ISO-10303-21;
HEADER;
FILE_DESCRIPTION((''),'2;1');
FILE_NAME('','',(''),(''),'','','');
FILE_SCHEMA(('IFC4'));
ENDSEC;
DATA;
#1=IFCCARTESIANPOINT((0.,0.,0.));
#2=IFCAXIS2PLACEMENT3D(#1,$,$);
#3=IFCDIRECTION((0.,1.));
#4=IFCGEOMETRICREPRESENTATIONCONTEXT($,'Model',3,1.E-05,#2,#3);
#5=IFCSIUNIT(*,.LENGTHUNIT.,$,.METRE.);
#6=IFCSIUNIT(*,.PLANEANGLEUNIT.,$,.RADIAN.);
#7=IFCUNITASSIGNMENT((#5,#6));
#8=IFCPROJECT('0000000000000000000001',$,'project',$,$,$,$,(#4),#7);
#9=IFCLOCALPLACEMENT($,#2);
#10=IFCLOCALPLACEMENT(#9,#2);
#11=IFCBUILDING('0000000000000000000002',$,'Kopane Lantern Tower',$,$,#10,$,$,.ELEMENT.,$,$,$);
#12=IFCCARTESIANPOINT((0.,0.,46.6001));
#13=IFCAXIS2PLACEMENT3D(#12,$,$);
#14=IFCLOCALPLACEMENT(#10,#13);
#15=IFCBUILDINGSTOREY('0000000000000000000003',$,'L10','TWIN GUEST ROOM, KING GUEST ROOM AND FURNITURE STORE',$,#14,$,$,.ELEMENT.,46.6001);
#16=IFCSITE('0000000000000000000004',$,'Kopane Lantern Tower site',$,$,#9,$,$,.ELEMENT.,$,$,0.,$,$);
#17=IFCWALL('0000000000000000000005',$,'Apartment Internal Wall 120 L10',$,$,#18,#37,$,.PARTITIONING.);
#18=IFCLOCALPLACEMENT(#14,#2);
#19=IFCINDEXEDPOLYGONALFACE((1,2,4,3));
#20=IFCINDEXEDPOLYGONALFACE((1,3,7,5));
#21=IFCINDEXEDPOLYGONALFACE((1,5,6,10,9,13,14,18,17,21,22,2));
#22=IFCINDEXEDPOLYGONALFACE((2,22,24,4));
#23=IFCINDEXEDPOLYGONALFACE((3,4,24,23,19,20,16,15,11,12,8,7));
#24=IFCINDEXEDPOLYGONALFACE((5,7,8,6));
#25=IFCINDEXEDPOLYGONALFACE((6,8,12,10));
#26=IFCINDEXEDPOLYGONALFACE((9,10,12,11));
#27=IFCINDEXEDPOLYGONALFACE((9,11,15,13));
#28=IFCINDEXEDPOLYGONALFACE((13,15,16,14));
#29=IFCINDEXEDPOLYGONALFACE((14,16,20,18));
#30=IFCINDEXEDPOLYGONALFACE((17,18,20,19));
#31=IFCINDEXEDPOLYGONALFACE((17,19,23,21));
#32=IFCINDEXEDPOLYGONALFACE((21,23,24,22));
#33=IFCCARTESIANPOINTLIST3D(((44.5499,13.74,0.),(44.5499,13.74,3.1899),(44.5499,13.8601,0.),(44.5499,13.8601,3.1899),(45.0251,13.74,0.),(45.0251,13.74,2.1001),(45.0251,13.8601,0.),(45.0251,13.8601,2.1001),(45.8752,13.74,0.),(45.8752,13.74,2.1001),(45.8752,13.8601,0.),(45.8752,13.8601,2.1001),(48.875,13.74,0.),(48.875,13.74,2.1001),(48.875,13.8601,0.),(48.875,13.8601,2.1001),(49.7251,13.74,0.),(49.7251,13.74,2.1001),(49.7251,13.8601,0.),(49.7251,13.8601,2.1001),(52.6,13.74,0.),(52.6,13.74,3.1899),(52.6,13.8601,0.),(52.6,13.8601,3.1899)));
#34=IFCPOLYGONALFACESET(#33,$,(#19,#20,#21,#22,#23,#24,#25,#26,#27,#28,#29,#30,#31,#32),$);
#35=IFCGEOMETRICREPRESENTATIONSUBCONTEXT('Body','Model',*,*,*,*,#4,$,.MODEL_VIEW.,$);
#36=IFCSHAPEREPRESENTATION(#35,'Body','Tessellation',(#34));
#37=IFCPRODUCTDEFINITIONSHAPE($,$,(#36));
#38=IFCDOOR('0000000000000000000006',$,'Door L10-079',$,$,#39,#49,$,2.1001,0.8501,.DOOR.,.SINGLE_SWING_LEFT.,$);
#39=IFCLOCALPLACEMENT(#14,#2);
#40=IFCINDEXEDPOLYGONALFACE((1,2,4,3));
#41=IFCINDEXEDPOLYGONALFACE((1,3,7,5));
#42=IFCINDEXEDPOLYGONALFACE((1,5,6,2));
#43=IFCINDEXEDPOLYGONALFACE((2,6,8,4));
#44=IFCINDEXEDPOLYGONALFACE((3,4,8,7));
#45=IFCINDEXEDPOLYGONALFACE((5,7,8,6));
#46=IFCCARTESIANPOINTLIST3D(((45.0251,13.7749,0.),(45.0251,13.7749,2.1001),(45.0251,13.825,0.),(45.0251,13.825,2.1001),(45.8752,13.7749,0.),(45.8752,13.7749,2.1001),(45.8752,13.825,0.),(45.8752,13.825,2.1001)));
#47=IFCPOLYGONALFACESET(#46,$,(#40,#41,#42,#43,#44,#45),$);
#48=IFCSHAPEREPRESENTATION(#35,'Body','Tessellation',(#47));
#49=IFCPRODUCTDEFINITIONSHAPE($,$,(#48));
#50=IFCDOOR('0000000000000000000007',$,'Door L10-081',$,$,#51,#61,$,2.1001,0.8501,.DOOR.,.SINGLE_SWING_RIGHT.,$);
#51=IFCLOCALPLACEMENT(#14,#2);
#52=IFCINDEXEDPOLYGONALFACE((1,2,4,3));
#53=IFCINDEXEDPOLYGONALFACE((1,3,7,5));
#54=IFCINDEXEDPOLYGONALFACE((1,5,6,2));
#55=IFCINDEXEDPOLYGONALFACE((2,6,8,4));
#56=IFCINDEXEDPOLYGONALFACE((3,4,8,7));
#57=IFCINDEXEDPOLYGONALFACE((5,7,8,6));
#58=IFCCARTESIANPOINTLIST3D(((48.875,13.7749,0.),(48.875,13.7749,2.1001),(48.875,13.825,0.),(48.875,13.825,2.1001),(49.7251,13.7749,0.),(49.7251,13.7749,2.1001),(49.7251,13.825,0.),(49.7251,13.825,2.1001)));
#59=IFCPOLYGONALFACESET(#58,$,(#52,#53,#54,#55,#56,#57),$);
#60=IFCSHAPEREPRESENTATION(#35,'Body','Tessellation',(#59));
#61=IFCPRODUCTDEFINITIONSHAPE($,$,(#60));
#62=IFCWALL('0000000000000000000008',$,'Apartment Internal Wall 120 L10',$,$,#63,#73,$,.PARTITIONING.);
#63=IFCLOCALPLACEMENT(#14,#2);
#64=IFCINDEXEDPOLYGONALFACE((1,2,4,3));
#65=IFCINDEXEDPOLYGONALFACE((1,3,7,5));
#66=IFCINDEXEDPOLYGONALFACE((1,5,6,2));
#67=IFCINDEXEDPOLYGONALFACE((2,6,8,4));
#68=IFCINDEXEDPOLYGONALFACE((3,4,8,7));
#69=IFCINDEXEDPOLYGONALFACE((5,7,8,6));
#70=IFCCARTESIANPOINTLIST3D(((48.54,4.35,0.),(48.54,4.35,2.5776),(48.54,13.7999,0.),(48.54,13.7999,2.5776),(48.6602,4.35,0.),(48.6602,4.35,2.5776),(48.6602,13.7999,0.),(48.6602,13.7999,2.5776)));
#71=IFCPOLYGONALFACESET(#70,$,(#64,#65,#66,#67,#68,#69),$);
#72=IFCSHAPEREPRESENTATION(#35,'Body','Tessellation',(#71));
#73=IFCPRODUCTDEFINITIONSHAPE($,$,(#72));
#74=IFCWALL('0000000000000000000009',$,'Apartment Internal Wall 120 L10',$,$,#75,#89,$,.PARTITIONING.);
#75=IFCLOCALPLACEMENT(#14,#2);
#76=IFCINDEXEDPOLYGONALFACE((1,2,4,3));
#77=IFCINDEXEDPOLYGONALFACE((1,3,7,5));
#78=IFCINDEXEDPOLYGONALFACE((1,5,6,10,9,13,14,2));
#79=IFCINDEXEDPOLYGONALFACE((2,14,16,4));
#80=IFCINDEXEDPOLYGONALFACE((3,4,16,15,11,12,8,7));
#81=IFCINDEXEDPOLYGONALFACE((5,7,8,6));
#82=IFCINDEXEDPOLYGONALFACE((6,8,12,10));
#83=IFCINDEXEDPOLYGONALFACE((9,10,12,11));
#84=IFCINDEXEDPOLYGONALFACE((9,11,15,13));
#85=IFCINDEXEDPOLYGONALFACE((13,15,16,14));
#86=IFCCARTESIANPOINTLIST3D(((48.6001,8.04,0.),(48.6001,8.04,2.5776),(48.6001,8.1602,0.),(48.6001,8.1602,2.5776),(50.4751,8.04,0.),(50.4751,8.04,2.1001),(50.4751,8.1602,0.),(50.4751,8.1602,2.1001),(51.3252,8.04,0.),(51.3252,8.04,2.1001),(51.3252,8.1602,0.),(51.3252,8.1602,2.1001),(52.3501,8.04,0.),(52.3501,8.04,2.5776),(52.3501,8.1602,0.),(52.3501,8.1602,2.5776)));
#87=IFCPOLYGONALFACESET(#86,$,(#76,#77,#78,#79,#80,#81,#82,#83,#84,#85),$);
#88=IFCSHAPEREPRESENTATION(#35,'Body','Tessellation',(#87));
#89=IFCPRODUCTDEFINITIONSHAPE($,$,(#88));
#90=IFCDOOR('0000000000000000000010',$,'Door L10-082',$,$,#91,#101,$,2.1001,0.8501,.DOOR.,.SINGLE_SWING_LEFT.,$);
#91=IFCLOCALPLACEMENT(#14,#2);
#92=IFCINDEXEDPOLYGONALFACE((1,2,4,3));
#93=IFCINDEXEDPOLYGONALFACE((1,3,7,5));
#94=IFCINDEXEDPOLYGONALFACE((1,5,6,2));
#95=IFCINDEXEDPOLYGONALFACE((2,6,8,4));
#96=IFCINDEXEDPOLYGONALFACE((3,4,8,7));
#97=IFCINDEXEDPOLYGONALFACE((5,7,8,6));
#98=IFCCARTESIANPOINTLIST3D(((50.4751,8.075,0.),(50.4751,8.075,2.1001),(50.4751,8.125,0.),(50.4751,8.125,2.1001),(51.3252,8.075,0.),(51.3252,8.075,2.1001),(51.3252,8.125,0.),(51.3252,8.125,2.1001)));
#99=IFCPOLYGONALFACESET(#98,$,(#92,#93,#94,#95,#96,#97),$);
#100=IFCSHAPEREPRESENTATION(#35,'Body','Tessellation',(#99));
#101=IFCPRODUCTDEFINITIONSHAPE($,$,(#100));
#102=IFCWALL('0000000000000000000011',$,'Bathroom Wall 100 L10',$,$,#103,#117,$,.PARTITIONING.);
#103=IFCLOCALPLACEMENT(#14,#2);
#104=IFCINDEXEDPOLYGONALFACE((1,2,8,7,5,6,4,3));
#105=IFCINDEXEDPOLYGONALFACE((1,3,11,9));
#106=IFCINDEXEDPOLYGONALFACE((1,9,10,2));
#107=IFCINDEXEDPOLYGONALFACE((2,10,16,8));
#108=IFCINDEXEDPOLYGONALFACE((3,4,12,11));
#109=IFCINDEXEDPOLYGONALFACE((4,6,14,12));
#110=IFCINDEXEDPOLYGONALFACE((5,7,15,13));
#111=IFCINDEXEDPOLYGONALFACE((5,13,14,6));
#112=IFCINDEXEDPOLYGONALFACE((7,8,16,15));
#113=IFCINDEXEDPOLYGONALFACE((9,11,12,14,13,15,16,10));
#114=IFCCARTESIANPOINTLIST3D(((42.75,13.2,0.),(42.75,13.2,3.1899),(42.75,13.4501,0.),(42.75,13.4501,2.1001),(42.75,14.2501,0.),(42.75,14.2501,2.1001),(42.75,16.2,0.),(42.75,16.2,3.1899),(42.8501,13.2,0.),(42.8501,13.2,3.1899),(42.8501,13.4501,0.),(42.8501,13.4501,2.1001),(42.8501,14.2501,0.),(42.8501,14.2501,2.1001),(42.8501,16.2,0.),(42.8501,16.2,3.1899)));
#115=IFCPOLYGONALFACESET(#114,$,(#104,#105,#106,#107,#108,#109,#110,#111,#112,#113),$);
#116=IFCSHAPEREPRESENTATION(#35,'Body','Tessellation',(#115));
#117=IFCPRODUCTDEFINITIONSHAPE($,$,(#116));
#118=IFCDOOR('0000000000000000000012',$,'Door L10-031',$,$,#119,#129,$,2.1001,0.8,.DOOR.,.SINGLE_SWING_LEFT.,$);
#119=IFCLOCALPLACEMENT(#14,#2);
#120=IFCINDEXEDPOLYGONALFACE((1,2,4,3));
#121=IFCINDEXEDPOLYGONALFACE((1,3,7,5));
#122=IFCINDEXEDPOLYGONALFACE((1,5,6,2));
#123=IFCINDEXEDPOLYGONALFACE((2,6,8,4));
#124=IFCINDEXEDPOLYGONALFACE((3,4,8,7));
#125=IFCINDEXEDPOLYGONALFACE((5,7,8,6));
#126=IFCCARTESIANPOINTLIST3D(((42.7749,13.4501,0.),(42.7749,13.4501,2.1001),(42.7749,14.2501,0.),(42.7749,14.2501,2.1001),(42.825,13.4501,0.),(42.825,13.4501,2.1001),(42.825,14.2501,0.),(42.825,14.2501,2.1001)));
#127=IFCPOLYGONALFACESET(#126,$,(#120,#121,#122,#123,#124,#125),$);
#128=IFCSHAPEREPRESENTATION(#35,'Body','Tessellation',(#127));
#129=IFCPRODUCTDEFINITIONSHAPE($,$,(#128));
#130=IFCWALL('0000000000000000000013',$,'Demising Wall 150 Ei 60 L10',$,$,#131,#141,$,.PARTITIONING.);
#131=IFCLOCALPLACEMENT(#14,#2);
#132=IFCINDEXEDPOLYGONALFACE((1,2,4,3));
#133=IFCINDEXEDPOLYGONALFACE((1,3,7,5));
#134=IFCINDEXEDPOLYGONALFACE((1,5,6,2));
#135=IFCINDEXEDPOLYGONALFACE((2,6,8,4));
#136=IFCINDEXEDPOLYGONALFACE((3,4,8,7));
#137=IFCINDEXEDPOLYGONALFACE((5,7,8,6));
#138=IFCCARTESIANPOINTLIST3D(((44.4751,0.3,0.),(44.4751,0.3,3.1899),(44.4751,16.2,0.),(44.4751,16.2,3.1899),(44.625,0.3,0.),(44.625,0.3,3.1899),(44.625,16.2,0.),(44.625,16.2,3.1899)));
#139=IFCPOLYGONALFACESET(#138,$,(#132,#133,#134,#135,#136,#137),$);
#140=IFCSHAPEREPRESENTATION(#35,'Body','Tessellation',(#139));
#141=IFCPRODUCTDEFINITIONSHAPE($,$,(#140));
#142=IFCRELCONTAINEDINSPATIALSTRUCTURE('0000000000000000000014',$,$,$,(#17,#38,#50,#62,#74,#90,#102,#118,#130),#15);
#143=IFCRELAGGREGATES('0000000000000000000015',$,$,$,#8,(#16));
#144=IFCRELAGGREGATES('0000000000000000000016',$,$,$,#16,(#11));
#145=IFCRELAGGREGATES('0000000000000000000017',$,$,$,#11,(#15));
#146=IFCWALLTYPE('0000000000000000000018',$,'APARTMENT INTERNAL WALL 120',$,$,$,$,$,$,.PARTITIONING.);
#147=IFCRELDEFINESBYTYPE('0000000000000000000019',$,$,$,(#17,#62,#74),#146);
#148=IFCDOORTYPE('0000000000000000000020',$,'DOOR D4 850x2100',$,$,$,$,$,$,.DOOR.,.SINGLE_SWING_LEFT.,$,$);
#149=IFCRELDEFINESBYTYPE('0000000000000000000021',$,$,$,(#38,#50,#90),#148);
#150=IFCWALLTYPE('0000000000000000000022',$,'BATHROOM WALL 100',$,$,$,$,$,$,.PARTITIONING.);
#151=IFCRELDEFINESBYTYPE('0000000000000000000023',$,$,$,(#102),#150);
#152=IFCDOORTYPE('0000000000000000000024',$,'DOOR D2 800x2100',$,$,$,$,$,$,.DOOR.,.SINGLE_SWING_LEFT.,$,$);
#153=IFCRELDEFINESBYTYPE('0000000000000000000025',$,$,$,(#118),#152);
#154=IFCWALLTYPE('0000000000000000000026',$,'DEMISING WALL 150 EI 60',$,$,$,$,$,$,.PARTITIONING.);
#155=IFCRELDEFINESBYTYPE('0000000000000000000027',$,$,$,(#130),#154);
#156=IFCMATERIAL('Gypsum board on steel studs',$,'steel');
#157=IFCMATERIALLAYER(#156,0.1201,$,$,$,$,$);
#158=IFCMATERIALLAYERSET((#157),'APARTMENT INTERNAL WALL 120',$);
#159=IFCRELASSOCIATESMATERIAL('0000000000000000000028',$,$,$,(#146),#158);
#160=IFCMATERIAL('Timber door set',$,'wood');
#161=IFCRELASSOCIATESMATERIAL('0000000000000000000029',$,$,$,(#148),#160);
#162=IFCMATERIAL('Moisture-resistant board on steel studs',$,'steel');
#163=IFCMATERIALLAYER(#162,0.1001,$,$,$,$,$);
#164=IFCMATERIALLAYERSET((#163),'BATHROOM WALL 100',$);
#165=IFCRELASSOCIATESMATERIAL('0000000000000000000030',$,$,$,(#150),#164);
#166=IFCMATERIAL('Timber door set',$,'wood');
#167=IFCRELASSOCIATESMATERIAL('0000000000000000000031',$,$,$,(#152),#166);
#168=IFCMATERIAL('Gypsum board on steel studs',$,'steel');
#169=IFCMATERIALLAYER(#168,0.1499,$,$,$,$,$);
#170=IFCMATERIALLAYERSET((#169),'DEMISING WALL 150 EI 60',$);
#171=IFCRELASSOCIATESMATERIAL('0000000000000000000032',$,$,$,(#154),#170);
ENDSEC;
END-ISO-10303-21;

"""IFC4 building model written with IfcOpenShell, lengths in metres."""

from ifc_helpers import new_model, si_unit, direction, frame, frame_2d, origin, place, context, subcontext, project, spatial, rectangle, extrude, material, layer, layer_set, type_object, element, fill, save


model = new_model("IFC4")

# Units and contexts
model_context = context("Model", 3, precision=1e-05, world=origin(), true_north=direction((0.0, 1.0)))
body_context = subcontext(model_context, "Body", "Model", "MODEL_VIEW")
ifc_project = project(units=[si_unit("LENGTHUNIT", "METRE"), si_unit("PLANEANGLEUNIT", "RADIAN")], contexts=[model_context])

# Site, building, storey
site_placement = place(None, origin())
site = spatial("IfcSite", under=ifc_project, at=site_placement, Name="Kopane Lantern Tower site", CompositionType="ELEMENT", RefElevation=0.0)
building_placement = place(site_placement, origin())
building = spatial("IfcBuilding", under=site, at=building_placement, Name="Kopane Lantern Tower", CompositionType="ELEMENT")
storey_placement = place(building_placement, frame((0.0, 0.0, 46.6001)))
storey = spatial("IfcBuildingStorey", under=building, at=storey_placement, Name="L10", Description="TWIN GUEST ROOM, KING GUEST ROOM AND FURNITURE STORE", CompositionType="ELEMENT", Elevation=46.6001)

# Wall, openings, doors
ifc_material_1 = material(Name="Gypsum board on steel studs", Category="steel")
ifc_layer_1 = layer(ifc_material_1, 0.1201)
ifc_layer_set_1 = layer_set([ifc_layer_1], Name="APARTMENT INTERNAL WALL 120")
wall_type_1 = type_object("IfcWallType", Name="APARTMENT INTERNAL WALL 120", PredefinedType="PARTITIONING", material=ifc_layer_set_1)
wall_1_placement = place(storey_placement, frame((44.55, 13.8, 0.0), z_axis=(0.0, 0.0, 1.0), x_axis=(1.0, 0.0, 0.0)))
wall_1 = element("IfcWall", 1, at=wall_1_placement, inside=storey, type_object=wall_type_1, Name="Apartment Internal Wall 120 L10", PredefinedType="PARTITIONING", context=body_context, shape_type="SweptSolid", body=[
    extrude(rectangle(XDim=8.05, YDim=0.1201, at=frame_2d((4.0249, 0.0))), origin(), (0.0, 0.0, 1.0), 3.1899),
])
opening_1_placement = place(wall_1_placement, frame((0.4751, 0.0, 0.0)))
opening_1 = element("IfcOpeningElement", 2, at=opening_1_placement, cuts=wall_1, PredefinedType="OPENING", context=body_context, shape_type="SweptSolid", body=[
    extrude(rectangle(XDim=0.8501, YDim=2.1001, at=frame_2d((0.425, 1.05))), frame((0.0, 0.0701, 0.0), z_axis=(0.0, -1.0, 0.0), x_axis=(1.0, 0.0, 0.0)), (0.0, 0.0, 1.0), 0.1401),
])
opening_2_placement = place(wall_1_placement, frame((4.325, 0.0, 0.0)))
opening_2 = element("IfcOpeningElement", 3, at=opening_2_placement, cuts=wall_1, PredefinedType="OPENING", context=body_context, shape_type="SweptSolid", body=[
    extrude(rectangle(XDim=0.8501, YDim=2.1001, at=frame_2d((0.425, 1.05))), frame((0.0, 0.0701, 0.0), z_axis=(0.0, -1.0, 0.0), x_axis=(1.0, 0.0, 0.0)), (0.0, 0.0, 1.0), 0.1401),
])
ifc_material_2 = material(Name="Timber door set", Category="wood")
door_type_1 = type_object("IfcDoorType", Name="DOOR D4 850x2100", OperationType="SINGLE_SWING_LEFT", PredefinedType="DOOR", material=ifc_material_2)
door_1_placement = place(opening_1_placement, origin())
door_1 = element("IfcDoor", 4, at=door_1_placement, inside=storey, type_object=door_type_1, Name="Door L10-079", OperationType="SINGLE_SWING_LEFT", OverallHeight=2.1001, OverallWidth=0.8501, PredefinedType="DOOR", context=body_context, shape_type="SweptSolid", body=[
    extrude(rectangle(XDim=0.8501, YDim=2.1001, at=frame_2d((0.425, 1.05))), frame((0.0, 0.0249, 0.0), z_axis=(0.0, -1.0, 0.0), x_axis=(1.0, 0.0, 0.0)), (0.0, 0.0, 1.0), 0.05),
])
fill(opening_1, door_1)
door_2_placement = place(opening_2_placement, origin())
door_2 = element("IfcDoor", 5, at=door_2_placement, inside=storey, type_object=door_type_1, Name="Door L10-081", OperationType="SINGLE_SWING_RIGHT", OverallHeight=2.1001, OverallWidth=0.8501, PredefinedType="DOOR", context=body_context, shape_type="SweptSolid", body=[
    extrude(rectangle(XDim=0.8501, YDim=2.1001, at=frame_2d((0.425, 1.05))), frame((0.0, 0.0249, 0.0), z_axis=(0.0, -1.0, 0.0), x_axis=(1.0, 0.0, 0.0)), (0.0, 0.0, 1.0), 0.05),
])
fill(opening_2, door_2)

# Wall
wall_2_placement = place(storey_placement, frame((48.6001, 13.8, 0.0), z_axis=(0.0, 0.0, 1.0), x_axis=(0.0, -1.0, 0.0)))
element("IfcWall", 6, at=wall_2_placement, inside=storey, type_object=wall_type_1, Name="Apartment Internal Wall 120 L10", PredefinedType="PARTITIONING", context=body_context, shape_type="SweptSolid", body=[
    extrude(rectangle(XDim=9.45, YDim=0.1201, at=frame_2d((4.7251, 0.0))), origin(), (0.0, 0.0, 1.0), 2.5776),
])

# Walls, openings, doors
wall_3_placement = place(storey_placement, frame((48.6001, 8.1001, 0.0), z_axis=(0.0, 0.0, 1.0), x_axis=(1.0, 0.0, 0.0)))
wall_3 = element("IfcWall", 7, at=wall_3_placement, inside=storey, type_object=wall_type_1, Name="Apartment Internal Wall 120 L10", PredefinedType="PARTITIONING", context=body_context, shape_type="SweptSolid", body=[
    extrude(rectangle(XDim=3.75, YDim=0.1201, at=frame_2d((1.875, 0.0))), origin(), (0.0, 0.0, 1.0), 2.5776),
])
opening_3_placement = place(wall_3_placement, frame((1.875, 0.0, 0.0)))
opening_3 = element("IfcOpeningElement", 8, at=opening_3_placement, cuts=wall_3, PredefinedType="OPENING", context=body_context, shape_type="SweptSolid", body=[
    extrude(rectangle(XDim=0.8501, YDim=2.1001, at=frame_2d((0.425, 1.05))), frame((0.0, 0.0701, 0.0), z_axis=(0.0, -1.0, 0.0), x_axis=(1.0, 0.0, 0.0)), (0.0, 0.0, 1.0), 0.1401),
])
door_3_placement = place(opening_3_placement, origin())
door_3 = element("IfcDoor", 9, at=door_3_placement, inside=storey, type_object=door_type_1, Name="Door L10-082", OperationType="SINGLE_SWING_LEFT", OverallHeight=2.1001, OverallWidth=0.8501, PredefinedType="DOOR", context=body_context, shape_type="SweptSolid", body=[
    extrude(rectangle(XDim=0.8501, YDim=2.1001, at=frame_2d((0.425, 1.05))), frame((0.0, 0.0249, 0.0), z_axis=(0.0, -1.0, 0.0), x_axis=(1.0, 0.0, 0.0)), (0.0, 0.0, 1.0), 0.05),
])
fill(opening_3, door_3)
ifc_material_3 = material(Name="Moisture-resistant board on steel studs", Category="steel")
ifc_layer_2 = layer(ifc_material_3, 0.1001)
ifc_layer_set_2 = layer_set([ifc_layer_2], Name="BATHROOM WALL 100")
wall_type_2 = type_object("IfcWallType", Name="BATHROOM WALL 100", PredefinedType="PARTITIONING", material=ifc_layer_set_2)
wall_4_placement = place(storey_placement, frame((42.8, 16.2, 0.0), z_axis=(0.0, 0.0, 1.0), x_axis=(0.0, -1.0, 0.0)))
wall_4 = element("IfcWall", 10, at=wall_4_placement, inside=storey, type_object=wall_type_2, Name="Bathroom Wall 100 L10", PredefinedType="PARTITIONING", context=body_context, shape_type="SweptSolid", body=[
    extrude(rectangle(XDim=3.0, YDim=0.1001, at=frame_2d((1.5, 0.0))), origin(), (0.0, 0.0, 1.0), 3.1899),
])
opening_4_placement = place(wall_4_placement, frame((1.95, 0.0, 0.0)))
opening_4 = element("IfcOpeningElement", 11, at=opening_4_placement, cuts=wall_4, PredefinedType="OPENING", context=body_context, shape_type="SweptSolid", body=[
    extrude(rectangle(XDim=0.8, YDim=2.1001, at=frame_2d((0.3999, 1.05))), frame((0.0, 0.0601, 0.0), z_axis=(0.0, -1.0, 0.0), x_axis=(1.0, 0.0, 0.0)), (0.0, 0.0, 1.0), 0.1201),
])
ifc_material_4 = material(Name="Timber door set", Category="wood")
door_type_2 = type_object("IfcDoorType", Name="DOOR D2 800x2100", OperationType="SINGLE_SWING_LEFT", PredefinedType="DOOR", material=ifc_material_4)
door_4_placement = place(opening_4_placement, origin())
door_4 = element("IfcDoor", 12, at=door_4_placement, inside=storey, type_object=door_type_2, Name="Door L10-031", OperationType="SINGLE_SWING_LEFT", OverallHeight=2.1001, OverallWidth=0.8, PredefinedType="DOOR", context=body_context, shape_type="SweptSolid", body=[
    extrude(rectangle(XDim=0.8, YDim=2.1001, at=frame_2d((0.3999, 1.05))), frame((0.0, 0.0249, 0.0), z_axis=(0.0, -1.0, 0.0), x_axis=(1.0, 0.0, 0.0)), (0.0, 0.0, 1.0), 0.05),
])
fill(opening_4, door_4)

# Wall
ifc_material_5 = material(Name="Gypsum board on steel studs", Category="steel")
ifc_layer_3 = layer(ifc_material_5, 0.1499)
ifc_layer_set_3 = layer_set([ifc_layer_3], Name="DEMISING WALL 150 EI 60")
wall_type_3 = type_object("IfcWallType", Name="DEMISING WALL 150 EI 60", PredefinedType="PARTITIONING", material=ifc_layer_set_3)
wall_5_placement = place(storey_placement, frame((44.55, 16.2, 0.0), z_axis=(0.0, 0.0, 1.0), x_axis=(0.0, -1.0, 0.0)))
element("IfcWall", 13, at=wall_5_placement, inside=storey, type_object=wall_type_3, Name="Demising Wall 150 Ei 60 L10", PredefinedType="PARTITIONING", context=body_context, shape_type="SweptSolid", body=[
    extrude(rectangle(XDim=15.8999, YDim=0.1499, at=frame_2d((7.95, 0.0))), origin(), (0.0, 0.0, 1.0), 3.1899),
])

save(model, "model.ifc")
